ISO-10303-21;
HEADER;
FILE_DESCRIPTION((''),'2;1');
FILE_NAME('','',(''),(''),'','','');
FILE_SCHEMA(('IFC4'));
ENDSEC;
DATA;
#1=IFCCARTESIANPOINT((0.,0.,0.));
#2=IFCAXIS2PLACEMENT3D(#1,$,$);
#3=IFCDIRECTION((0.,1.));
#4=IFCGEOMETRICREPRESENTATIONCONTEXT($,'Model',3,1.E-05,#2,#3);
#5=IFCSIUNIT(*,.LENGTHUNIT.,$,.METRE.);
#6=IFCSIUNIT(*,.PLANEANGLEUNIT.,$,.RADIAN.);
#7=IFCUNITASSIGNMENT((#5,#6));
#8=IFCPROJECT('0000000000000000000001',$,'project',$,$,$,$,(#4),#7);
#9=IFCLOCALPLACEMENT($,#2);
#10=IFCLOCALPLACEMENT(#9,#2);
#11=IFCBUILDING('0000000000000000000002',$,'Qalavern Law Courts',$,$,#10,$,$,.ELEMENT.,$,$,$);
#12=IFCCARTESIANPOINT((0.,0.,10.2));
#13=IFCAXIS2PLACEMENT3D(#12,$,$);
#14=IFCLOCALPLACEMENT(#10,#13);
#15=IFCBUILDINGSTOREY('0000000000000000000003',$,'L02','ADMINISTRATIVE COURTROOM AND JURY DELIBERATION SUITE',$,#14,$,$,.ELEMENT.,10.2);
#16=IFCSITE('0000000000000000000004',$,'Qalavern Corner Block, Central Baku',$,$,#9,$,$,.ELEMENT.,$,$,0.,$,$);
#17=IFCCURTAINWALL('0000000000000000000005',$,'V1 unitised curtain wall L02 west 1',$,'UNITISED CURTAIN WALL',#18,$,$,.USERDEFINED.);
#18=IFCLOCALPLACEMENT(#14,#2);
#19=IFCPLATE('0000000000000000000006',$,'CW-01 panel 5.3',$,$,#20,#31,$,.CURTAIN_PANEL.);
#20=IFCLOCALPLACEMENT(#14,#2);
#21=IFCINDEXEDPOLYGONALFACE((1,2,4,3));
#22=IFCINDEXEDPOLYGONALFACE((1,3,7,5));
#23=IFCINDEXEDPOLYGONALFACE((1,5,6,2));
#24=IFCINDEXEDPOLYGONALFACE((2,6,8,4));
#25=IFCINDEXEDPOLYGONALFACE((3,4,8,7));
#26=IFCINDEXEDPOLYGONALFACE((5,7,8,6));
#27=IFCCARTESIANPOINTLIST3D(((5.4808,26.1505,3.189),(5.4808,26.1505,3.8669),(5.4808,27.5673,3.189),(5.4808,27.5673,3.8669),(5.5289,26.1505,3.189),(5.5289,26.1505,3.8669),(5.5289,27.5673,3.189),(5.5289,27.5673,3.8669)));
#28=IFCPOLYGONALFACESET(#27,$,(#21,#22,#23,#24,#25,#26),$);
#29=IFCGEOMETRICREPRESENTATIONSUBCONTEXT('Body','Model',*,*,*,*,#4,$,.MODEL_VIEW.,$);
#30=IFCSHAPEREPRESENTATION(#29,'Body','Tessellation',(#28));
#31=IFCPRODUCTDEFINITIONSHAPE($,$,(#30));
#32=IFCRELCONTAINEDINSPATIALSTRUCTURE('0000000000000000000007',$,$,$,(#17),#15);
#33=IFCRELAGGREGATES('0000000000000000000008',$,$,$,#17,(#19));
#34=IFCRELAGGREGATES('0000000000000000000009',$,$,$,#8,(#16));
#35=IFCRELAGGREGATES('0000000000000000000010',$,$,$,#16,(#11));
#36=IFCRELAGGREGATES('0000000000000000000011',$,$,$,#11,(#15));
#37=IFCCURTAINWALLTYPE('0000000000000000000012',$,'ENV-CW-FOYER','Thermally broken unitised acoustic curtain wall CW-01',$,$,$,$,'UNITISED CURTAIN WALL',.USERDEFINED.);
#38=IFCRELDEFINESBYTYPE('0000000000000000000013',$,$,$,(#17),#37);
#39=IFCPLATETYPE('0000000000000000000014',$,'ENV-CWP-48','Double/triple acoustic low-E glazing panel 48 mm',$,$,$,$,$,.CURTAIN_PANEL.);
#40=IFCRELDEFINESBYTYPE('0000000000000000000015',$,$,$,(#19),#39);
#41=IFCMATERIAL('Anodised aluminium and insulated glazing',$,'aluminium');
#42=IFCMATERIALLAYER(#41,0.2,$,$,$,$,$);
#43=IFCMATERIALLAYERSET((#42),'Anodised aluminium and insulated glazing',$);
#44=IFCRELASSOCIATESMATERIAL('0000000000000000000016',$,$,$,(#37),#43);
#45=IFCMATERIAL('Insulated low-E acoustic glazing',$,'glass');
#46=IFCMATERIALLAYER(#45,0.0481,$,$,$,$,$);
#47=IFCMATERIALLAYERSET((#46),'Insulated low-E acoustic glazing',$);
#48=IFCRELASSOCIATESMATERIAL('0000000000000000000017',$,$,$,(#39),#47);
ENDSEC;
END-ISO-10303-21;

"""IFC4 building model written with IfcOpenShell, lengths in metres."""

from ifc_helpers import new_model, si_unit, direction, frame, origin, origin_2d, place, context, subcontext, project, spatial, rectangle, extrude, material, layer, layer_set, type_object, element, aggregate, save


model = new_model("IFC4")

# Units and contexts
model_context = context("Model", 3, precision=1e-05, world=origin(), true_north=direction((0.0, 1.0)))
body_context = subcontext(model_context, "Body", "Model", "MODEL_VIEW")
ifc_project = project(units=[si_unit("LENGTHUNIT", "METRE"), si_unit("PLANEANGLEUNIT", "RADIAN")], contexts=[model_context])

# Site, building, storey
site_placement = place(None, origin())
site = spatial("IfcSite", under=ifc_project, at=site_placement, Name="Qalavern Corner Block, Central Baku", CompositionType="ELEMENT", RefElevation=0.0)
building_placement = place(site_placement, origin())
building = spatial("IfcBuilding", under=site, at=building_placement, Name="Qalavern Law Courts", CompositionType="ELEMENT")
storey_placement = place(building_placement, frame((0.0, 0.0, 10.2)))
storey = spatial("IfcBuildingStorey", under=building, at=storey_placement, Name="L02", Description="ADMINISTRATIVE COURTROOM AND JURY DELIBERATION SUITE", CompositionType="ELEMENT", Elevation=10.2)

# Curtain wall
ifc_material_1 = material(Name="Anodised aluminium and insulated glazing", Category="aluminium")
ifc_layer_1 = layer(ifc_material_1, 0.2)
ifc_layer_set_1 = layer_set([ifc_layer_1], Name="Anodised aluminium and insulated glazing")
curtain_wall_type = type_object("IfcCurtainWallType", Name="ENV-CW-FOYER", Description="Thermally broken unitised acoustic curtain wall CW-01", ElementType="UNITISED CURTAIN WALL", PredefinedType="USERDEFINED", material=ifc_layer_set_1)
curtain_wall_placement = place(storey_placement, origin())
curtain_wall = element("IfcCurtainWall", 1, at=curtain_wall_placement, inside=storey, type_object=curtain_wall_type, Name="V1 unitised curtain wall L02 west 1", ObjectType="UNITISED CURTAIN WALL", PredefinedType="USERDEFINED")

# Plate
ifc_material_2 = material(Name="Insulated low-E acoustic glazing", Category="glass")
ifc_layer_2 = layer(ifc_material_2, 0.0481)
ifc_layer_set_2 = layer_set([ifc_layer_2], Name="Insulated low-E acoustic glazing")
plate_type = type_object("IfcPlateType", Name="ENV-CWP-48", Description="Double/triple acoustic low-E glazing panel 48 mm", PredefinedType="CURTAIN_PANEL", material=ifc_layer_set_2)
plate_1_placement = place(storey_placement, frame((5.5049, 26.8589, 3.189), z_axis=(0.0, 0.0, 1.0), x_axis=(0.0, -1.0, 0.0)))
plate_1 = element("IfcPlate", 2, at=plate_1_placement, type_object=plate_type, Name="CW-01 panel 5.3", PredefinedType="CURTAIN_PANEL", context=body_context, shape_type="SweptSolid", body=[
    extrude(rectangle(XDim=1.4167, YDim=0.0481, at=origin_2d()), origin(), (0.0, 0.0, 1.0), 0.678),
])
aggregate(curtain_wall, [plate_1])

save(model, "model.ifc")
